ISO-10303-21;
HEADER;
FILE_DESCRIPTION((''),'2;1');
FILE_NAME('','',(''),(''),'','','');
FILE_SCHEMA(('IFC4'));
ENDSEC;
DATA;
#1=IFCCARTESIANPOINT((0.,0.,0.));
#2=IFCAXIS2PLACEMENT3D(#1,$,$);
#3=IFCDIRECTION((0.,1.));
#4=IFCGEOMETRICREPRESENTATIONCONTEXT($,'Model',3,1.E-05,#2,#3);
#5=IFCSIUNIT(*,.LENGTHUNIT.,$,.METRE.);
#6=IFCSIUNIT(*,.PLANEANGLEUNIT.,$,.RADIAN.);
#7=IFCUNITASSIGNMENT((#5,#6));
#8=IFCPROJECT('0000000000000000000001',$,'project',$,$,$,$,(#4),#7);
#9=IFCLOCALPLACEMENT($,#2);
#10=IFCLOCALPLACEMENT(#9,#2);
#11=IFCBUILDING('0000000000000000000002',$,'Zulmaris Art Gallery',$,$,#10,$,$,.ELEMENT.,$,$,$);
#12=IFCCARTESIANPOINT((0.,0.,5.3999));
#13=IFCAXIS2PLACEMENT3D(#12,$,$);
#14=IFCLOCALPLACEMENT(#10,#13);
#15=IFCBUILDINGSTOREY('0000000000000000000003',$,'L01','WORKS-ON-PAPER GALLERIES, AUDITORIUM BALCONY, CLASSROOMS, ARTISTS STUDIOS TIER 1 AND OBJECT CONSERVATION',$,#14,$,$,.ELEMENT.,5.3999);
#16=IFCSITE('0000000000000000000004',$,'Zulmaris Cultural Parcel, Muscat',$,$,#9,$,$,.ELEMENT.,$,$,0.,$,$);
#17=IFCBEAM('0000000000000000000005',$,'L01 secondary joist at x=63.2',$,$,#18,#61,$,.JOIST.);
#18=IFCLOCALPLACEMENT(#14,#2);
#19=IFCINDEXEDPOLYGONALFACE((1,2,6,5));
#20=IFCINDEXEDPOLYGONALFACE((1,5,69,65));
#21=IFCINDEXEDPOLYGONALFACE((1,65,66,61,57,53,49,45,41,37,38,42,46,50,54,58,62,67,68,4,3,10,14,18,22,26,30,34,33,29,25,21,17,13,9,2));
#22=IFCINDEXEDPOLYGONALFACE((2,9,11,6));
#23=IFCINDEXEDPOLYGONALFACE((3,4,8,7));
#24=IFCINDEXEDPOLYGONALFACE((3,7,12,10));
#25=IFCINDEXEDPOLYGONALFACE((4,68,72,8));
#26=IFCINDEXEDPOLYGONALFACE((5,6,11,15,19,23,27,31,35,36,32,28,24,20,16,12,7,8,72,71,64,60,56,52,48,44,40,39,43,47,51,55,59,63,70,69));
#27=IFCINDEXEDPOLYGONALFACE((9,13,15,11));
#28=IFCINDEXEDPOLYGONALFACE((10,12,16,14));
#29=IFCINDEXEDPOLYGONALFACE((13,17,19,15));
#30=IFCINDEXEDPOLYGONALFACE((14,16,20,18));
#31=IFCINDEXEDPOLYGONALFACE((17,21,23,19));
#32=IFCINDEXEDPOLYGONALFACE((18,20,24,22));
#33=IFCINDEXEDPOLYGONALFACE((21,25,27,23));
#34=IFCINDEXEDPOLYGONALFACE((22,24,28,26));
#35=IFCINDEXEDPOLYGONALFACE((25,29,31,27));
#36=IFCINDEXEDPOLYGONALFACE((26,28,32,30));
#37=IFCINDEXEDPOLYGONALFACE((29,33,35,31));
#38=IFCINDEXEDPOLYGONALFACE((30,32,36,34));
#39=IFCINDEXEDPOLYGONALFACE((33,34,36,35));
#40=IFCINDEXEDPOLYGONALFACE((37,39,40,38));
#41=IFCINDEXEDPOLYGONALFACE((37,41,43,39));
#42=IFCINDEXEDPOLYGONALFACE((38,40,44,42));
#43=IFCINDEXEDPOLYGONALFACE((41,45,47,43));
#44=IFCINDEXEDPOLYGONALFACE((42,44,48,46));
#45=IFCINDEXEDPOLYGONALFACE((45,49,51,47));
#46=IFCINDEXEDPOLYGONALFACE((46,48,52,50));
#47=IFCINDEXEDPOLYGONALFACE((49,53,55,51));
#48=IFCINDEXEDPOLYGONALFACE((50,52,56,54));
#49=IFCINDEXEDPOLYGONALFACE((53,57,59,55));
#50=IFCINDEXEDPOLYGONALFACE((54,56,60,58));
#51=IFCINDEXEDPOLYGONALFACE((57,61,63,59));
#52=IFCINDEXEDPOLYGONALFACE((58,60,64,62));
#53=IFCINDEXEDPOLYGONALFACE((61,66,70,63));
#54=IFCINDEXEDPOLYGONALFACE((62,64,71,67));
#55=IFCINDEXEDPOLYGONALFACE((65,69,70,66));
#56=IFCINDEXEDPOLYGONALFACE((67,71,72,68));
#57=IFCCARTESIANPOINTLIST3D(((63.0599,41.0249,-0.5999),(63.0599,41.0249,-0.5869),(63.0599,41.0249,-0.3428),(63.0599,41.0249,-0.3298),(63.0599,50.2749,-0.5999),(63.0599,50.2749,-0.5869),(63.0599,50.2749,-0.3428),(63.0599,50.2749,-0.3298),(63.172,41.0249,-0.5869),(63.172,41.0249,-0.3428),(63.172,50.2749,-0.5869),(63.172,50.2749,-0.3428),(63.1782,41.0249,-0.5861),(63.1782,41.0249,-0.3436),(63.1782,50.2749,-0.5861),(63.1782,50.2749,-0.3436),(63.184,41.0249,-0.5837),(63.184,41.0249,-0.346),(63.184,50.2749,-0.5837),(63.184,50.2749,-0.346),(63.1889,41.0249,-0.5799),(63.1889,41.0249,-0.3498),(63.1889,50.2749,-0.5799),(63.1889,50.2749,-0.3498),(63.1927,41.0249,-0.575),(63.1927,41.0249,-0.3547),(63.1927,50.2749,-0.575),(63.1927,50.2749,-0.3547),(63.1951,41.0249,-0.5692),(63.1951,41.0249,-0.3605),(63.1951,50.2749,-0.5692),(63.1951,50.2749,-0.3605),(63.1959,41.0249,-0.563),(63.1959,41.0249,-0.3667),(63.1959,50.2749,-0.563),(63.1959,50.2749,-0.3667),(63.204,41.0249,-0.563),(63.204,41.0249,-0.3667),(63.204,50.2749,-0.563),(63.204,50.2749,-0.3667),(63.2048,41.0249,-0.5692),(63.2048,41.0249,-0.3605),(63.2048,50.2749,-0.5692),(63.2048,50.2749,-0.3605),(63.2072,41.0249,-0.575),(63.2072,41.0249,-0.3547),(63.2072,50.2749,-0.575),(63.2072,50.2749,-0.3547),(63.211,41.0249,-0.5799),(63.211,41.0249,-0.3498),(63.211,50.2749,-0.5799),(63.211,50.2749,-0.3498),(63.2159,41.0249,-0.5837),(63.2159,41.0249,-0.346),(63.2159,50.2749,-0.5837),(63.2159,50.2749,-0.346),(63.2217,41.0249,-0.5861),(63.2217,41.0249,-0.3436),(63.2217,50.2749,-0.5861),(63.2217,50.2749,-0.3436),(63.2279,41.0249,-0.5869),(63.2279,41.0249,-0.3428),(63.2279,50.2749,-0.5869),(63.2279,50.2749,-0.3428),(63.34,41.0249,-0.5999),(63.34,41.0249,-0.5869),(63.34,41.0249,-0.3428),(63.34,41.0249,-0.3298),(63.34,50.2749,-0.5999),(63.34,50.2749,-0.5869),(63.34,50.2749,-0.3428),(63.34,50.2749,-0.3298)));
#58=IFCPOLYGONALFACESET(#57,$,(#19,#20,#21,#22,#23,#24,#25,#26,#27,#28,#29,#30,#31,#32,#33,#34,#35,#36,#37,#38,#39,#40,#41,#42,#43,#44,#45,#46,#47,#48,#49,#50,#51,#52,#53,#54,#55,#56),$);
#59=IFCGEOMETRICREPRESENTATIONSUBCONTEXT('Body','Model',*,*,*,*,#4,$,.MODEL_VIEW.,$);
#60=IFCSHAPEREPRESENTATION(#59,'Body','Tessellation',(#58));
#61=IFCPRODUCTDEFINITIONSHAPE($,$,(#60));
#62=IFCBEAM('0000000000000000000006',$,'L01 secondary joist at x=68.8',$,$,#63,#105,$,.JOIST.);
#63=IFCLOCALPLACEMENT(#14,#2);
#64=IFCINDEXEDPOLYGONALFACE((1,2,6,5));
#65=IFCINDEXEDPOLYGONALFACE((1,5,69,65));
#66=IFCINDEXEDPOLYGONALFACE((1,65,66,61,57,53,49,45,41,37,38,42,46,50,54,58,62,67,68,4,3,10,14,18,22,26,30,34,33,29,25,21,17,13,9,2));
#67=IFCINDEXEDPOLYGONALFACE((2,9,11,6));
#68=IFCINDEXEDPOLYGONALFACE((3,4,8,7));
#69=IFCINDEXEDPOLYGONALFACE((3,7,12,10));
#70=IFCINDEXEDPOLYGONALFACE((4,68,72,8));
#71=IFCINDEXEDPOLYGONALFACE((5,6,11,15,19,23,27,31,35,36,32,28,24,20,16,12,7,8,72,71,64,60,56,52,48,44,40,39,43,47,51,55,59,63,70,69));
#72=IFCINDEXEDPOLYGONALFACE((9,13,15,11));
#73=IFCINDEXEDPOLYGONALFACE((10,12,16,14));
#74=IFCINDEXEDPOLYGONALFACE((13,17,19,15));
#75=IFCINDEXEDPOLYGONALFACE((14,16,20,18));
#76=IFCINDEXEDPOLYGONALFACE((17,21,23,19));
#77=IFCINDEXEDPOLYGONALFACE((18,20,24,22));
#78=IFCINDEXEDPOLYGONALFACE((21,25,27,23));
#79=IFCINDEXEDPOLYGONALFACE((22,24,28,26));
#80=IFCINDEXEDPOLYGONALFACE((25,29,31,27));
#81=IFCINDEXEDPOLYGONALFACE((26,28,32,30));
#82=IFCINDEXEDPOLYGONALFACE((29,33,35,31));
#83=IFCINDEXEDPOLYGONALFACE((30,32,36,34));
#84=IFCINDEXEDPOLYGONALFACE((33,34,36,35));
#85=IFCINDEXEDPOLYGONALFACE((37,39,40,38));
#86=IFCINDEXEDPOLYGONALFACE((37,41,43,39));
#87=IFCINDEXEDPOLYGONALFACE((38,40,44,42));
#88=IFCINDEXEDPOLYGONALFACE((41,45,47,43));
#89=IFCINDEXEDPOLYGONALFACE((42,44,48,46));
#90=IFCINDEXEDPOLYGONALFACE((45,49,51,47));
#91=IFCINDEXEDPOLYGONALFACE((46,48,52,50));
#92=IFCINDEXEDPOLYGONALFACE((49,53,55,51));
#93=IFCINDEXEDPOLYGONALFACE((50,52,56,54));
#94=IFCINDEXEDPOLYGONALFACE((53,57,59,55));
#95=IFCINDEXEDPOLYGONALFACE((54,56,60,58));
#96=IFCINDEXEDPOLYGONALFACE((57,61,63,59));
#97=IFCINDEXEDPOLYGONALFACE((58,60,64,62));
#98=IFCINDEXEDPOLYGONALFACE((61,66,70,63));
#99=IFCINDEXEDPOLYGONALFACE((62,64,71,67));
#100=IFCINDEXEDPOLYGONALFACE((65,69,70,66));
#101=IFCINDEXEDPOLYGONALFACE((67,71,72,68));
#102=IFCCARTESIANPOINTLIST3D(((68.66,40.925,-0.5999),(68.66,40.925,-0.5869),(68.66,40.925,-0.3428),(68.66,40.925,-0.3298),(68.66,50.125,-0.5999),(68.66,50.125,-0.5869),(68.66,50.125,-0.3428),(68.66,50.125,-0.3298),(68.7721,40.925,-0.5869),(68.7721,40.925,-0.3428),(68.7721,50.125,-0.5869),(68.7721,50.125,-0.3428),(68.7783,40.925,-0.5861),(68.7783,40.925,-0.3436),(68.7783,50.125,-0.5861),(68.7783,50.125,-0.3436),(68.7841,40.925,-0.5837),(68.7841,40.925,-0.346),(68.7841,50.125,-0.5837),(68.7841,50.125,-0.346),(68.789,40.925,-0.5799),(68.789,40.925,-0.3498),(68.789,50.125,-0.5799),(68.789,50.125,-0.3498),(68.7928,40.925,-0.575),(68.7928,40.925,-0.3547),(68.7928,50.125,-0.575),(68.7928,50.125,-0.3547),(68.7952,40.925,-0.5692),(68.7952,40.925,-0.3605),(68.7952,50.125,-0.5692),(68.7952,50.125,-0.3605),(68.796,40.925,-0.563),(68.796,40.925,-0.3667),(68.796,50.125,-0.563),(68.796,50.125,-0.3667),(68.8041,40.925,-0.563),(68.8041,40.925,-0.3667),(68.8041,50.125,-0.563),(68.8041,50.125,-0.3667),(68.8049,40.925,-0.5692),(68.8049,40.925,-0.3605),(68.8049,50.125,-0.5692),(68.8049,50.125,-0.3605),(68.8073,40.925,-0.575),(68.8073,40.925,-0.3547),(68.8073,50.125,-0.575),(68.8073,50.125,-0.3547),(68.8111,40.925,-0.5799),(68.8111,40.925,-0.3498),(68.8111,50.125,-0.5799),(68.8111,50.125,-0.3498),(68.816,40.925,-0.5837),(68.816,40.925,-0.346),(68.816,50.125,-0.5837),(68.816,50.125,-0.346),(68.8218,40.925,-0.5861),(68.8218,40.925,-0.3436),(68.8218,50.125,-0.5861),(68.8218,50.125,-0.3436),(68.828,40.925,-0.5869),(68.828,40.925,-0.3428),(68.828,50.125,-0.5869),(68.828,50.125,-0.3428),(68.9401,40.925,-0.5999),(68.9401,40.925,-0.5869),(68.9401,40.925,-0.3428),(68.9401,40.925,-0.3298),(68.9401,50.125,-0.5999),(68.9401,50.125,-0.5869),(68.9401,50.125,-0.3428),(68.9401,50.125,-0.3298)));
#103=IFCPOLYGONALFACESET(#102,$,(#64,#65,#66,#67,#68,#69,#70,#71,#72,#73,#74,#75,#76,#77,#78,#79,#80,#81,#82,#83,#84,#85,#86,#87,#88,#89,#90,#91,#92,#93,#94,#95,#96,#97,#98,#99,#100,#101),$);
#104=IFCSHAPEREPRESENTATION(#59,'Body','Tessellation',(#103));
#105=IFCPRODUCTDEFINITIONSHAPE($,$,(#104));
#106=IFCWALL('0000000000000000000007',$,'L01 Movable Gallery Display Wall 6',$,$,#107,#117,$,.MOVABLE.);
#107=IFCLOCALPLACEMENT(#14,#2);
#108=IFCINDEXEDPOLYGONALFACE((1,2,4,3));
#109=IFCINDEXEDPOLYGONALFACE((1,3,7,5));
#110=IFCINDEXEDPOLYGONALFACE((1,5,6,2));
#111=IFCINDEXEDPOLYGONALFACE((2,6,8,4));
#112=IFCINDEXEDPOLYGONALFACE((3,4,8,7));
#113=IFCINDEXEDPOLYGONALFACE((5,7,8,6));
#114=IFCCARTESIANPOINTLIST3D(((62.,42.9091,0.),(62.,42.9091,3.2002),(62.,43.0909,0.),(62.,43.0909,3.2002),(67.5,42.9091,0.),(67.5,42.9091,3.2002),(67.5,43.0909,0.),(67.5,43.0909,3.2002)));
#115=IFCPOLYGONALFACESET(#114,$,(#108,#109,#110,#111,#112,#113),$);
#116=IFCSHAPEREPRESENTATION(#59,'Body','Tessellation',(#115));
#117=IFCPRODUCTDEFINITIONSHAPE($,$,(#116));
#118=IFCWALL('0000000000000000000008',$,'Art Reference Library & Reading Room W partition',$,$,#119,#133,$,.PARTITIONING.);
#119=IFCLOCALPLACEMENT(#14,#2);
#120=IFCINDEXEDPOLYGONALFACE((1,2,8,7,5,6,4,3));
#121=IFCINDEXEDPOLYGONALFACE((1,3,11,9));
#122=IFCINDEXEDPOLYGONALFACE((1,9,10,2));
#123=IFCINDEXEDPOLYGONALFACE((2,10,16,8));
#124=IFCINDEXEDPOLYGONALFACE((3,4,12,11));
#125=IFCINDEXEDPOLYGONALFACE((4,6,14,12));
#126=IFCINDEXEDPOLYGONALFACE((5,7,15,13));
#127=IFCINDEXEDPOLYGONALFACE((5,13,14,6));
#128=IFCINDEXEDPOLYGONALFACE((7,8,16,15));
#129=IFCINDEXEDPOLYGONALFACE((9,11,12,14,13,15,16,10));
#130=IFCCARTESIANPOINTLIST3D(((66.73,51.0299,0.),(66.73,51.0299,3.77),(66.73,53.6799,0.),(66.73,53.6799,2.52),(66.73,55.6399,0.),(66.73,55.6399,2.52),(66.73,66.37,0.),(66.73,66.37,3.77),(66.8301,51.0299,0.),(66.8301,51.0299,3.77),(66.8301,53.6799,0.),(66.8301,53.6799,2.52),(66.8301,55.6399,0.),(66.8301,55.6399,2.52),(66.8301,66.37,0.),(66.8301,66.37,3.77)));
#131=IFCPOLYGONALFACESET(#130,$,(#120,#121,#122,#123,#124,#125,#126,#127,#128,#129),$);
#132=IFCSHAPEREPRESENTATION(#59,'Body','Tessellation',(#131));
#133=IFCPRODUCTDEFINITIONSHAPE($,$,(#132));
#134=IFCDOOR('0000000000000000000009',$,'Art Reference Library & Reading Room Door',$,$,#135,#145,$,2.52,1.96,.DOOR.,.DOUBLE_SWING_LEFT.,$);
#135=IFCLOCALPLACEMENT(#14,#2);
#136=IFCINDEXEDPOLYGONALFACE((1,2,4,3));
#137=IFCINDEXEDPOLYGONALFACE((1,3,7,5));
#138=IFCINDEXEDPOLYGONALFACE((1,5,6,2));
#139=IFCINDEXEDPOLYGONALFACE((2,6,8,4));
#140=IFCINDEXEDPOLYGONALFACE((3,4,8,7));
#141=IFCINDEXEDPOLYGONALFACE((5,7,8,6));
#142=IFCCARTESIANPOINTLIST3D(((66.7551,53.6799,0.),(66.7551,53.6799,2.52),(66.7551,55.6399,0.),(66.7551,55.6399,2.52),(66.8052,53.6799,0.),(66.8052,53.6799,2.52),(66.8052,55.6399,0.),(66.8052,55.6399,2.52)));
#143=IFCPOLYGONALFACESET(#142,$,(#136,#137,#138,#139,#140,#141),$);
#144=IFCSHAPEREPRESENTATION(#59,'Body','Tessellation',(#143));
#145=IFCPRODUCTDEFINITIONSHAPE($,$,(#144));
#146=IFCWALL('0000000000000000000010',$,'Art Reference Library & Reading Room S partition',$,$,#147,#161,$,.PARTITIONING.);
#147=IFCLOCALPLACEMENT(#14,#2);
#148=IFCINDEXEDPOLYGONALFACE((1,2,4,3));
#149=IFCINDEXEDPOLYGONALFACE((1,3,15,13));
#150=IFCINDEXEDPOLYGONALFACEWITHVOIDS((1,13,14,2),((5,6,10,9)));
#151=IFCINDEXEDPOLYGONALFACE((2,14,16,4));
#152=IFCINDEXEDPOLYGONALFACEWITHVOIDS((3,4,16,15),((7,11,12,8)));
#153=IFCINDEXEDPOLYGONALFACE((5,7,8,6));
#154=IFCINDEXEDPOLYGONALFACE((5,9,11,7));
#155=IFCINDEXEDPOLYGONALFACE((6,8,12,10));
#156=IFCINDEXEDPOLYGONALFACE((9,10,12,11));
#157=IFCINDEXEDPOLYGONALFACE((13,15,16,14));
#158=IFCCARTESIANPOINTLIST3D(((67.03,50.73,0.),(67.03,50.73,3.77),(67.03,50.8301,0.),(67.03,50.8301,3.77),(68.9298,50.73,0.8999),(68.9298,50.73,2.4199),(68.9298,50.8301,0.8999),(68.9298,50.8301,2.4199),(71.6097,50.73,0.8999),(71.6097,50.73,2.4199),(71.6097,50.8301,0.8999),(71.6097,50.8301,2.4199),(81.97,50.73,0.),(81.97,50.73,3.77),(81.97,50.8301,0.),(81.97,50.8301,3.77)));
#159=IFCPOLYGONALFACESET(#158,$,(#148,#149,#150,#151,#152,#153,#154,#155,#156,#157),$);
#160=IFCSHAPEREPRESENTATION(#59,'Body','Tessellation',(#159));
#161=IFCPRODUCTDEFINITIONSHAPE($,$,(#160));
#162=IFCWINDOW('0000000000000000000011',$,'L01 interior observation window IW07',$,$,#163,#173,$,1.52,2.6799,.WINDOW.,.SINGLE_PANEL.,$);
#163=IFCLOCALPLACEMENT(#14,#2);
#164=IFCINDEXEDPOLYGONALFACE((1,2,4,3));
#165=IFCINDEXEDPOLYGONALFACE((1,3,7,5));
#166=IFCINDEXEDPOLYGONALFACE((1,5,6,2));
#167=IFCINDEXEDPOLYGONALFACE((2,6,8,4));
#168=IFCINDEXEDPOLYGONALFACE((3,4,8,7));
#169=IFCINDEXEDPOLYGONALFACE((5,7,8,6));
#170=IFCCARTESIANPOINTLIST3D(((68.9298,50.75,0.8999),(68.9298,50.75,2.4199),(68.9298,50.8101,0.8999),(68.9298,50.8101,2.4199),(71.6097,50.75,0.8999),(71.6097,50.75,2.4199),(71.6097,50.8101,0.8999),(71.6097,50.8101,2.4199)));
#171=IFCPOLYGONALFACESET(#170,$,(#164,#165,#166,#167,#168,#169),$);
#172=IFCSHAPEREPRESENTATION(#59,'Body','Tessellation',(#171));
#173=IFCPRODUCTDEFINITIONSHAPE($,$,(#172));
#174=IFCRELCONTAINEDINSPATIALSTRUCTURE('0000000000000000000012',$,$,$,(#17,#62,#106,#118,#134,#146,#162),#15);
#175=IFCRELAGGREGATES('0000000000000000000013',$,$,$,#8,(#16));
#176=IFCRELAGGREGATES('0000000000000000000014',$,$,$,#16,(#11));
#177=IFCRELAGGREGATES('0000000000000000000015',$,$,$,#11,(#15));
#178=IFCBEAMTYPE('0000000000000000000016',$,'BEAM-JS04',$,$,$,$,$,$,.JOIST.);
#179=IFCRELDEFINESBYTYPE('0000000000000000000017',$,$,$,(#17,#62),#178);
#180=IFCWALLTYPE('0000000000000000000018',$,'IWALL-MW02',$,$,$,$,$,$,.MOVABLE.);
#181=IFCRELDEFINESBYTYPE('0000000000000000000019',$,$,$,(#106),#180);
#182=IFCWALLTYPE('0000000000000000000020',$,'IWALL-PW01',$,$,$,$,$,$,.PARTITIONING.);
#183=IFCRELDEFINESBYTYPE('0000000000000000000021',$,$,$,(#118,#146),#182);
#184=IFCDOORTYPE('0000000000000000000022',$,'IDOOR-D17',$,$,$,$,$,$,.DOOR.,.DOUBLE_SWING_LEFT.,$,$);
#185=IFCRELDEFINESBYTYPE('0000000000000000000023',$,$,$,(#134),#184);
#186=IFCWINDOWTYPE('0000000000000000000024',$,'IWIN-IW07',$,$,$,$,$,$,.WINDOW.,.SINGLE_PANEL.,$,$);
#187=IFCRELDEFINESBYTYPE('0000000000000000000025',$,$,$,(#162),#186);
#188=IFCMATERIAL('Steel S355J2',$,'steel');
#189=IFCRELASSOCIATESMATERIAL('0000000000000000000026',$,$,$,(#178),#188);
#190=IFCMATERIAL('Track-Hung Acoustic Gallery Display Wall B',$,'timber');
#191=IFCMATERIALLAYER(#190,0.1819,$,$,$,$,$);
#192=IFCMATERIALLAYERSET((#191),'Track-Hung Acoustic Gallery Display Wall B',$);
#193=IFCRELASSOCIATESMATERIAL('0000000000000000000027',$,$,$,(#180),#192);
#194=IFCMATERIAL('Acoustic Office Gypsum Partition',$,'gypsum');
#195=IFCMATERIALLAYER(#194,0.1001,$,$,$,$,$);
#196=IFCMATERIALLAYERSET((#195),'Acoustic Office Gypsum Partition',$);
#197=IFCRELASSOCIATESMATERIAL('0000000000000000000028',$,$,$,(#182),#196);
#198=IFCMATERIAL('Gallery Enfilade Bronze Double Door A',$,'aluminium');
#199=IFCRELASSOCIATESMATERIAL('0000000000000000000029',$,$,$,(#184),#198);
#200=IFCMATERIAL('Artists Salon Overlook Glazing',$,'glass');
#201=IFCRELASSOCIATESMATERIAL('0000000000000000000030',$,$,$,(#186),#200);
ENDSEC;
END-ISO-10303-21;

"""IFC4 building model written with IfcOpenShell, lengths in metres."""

from ifc_helpers import new_model, si_unit, direction, frame, frame_2d, origin, origin_2d, place, context, subcontext, project, spatial, rectangle, i_section, extrude, material, layer, layer_set, material_profile, profile_set, type_object, element, fill, save


model = new_model("IFC4")

# Units and contexts
model_context = context("Model", 3, precision=1e-05, world=origin(), true_north=direction((0.0, 1.0)))
body_context = subcontext(model_context, "Body", "Model", "MODEL_VIEW")
ifc_project = project(units=[si_unit("LENGTHUNIT", "METRE"), si_unit("PLANEANGLEUNIT", "RADIAN")], contexts=[model_context])

# Site, building, storey
site_placement = place(None, origin())
site = spatial("IfcSite", under=ifc_project, at=site_placement, Name="Zulmaris Cultural Parcel, Muscat", CompositionType="ELEMENT", RefElevation=0.0)
building_placement = place(site_placement, origin())
building = spatial("IfcBuilding", under=site, at=building_placement, Name="Zulmaris Art Gallery", CompositionType="ELEMENT")
storey_placement = place(building_placement, frame((0.0, 0.0, 5.3999)))
storey = spatial("IfcBuildingStorey", under=building, at=storey_placement, Name="L01", Description="WORKS-ON-PAPER GALLERIES, AUDITORIUM BALCONY, CLASSROOMS, ARTISTS STUDIOS TIER 1 AND OBJECT CONSERVATION", CompositionType="ELEMENT", Elevation=5.3999)

# Beams
ifc_material_1 = material(Name="Steel S355J2", Category="steel")
ifc_material_profile_1 = material_profile(ifc_material_1, i_section(OverallWidth=0.28, OverallDepth=0.27, WebThickness=0.0081, FlangeThickness=0.0129, FilletRadius=0.0239, at=origin_2d()), Name="HEA 280")
ifc_profile_set_1 = profile_set([ifc_material_profile_1], Name="Steel S355J2")
beam_type_1 = type_object("IfcBeamType", Name="BEAM-JS04", PredefinedType="JOIST", material=ifc_profile_set_1)
beam_1_placement = place(storey_placement, frame((63.2, 41.0249, -0.4648), z_axis=(0.0, 1.0, 0.0), x_axis=(-1.0, 0.0, 0.0)))
element("IfcBeam", 1, at=beam_1_placement, inside=storey, type_object=beam_type_1, Name="L01 secondary joist at x=63.2", PredefinedType="JOIST", context=body_context, shape_type="SweptSolid", body=[
    extrude(i_section(OverallWidth=0.28, OverallDepth=0.27, WebThickness=0.0081, FlangeThickness=0.0129, FilletRadius=0.0239, at=origin_2d()), origin(), (0.0, 0.0, 1.0), 9.25),
])
beam_2_placement = place(storey_placement, frame((68.8, 40.925, -0.4648), z_axis=(0.0, 1.0, 0.0), x_axis=(-1.0, 0.0, 0.0)))
element("IfcBeam", 2, at=beam_2_placement, inside=storey, type_object=beam_type_1, Name="L01 secondary joist at x=68.8", PredefinedType="JOIST", context=body_context, shape_type="SweptSolid", body=[
    extrude(i_section(OverallWidth=0.28, OverallDepth=0.27, WebThickness=0.0081, FlangeThickness=0.0129, FilletRadius=0.0239, at=origin_2d()), origin(), (0.0, 0.0, 1.0), 9.2),
])

# Wall
ifc_material_2 = material(Name="Track-Hung Acoustic Gallery Display Wall B", Category="timber")
ifc_layer_1 = layer(ifc_material_2, 0.1819)
ifc_layer_set_1 = layer_set([ifc_layer_1], Name="Track-Hung Acoustic Gallery Display Wall B")
wall_type_1 = type_object("IfcWallType", Name="IWALL-MW02", PredefinedType="MOVABLE", material=ifc_layer_set_1)
wall_1_placement = place(storey_placement, frame((62.0, 43.0, 0.0), z_axis=(0.0, 0.0, 1.0), x_axis=(1.0, 0.0, 0.0)))
element("IfcWall", 3, at=wall_1_placement, inside=storey, type_object=wall_type_1, Name="L01 Movable Gallery Display Wall 6", PredefinedType="MOVABLE", context=body_context, shape_type="SweptSolid", body=[
    extrude(rectangle(XDim=5.5, YDim=0.1819, at=frame_2d((2.75, 0.0))), origin(), (0.0, 0.0, 1.0), 3.2002),
])

# Wall, opening, door
ifc_material_3 = material(Name="Acoustic Office Gypsum Partition", Category="gypsum")
ifc_layer_2 = layer(ifc_material_3, 0.1001)
ifc_layer_set_2 = layer_set([ifc_layer_2], Name="Acoustic Office Gypsum Partition")
wall_type_2 = type_object("IfcWallType", Name="IWALL-PW01", PredefinedType="PARTITIONING", material=ifc_layer_set_2)
wall_2_placement = place(storey_placement, frame((66.78, 51.03, 0.0), z_axis=(0.0, 0.0, 1.0), x_axis=(0.0, 1.0, 0.0)))
wall_2 = element("IfcWall", 4, at=wall_2_placement, inside=storey, type_object=wall_type_2, Name="Art Reference Library & Reading Room W partition", PredefinedType="PARTITIONING", context=body_context, shape_type="SweptSolid", body=[
    extrude(rectangle(XDim=15.3401, YDim=0.1001, at=frame_2d((7.6699, 0.0))), origin(), (0.0, 0.0, 1.0), 3.77),
])
opening_1_placement = place(wall_2_placement, frame((2.6499, 0.0, 0.0)))
opening_1 = element("IfcOpeningElement", 5, at=opening_1_placement, cuts=wall_2, PredefinedType="OPENING", context=body_context, shape_type="SweptSolid", body=[
    extrude(rectangle(XDim=1.96, YDim=2.52, at=frame_2d((0.98, 1.26))), frame((0.0, 0.0601, 0.0), z_axis=(0.0, -1.0, 0.0), x_axis=(1.0, 0.0, 0.0)), (0.0, 0.0, 1.0), 0.1201),
])
ifc_material_4 = material(Name="Gallery Enfilade Bronze Double Door A", Category="aluminium")
door_type = type_object("IfcDoorType", Name="IDOOR-D17", OperationType="DOUBLE_SWING_LEFT", PredefinedType="DOOR", material=ifc_material_4)
door_placement = place(opening_1_placement, origin())
door = element("IfcDoor", 6, at=door_placement, inside=storey, type_object=door_type, Name="Art Reference Library & Reading Room Door", OperationType="DOUBLE_SWING_LEFT", OverallHeight=2.52, OverallWidth=1.96, PredefinedType="DOOR", context=body_context, shape_type="SweptSolid", body=[
    extrude(rectangle(XDim=1.96, YDim=2.52, at=frame_2d((0.98, 1.26))), frame((0.0, 0.0249, 0.0), z_axis=(0.0, -1.0, 0.0), x_axis=(1.0, 0.0, 0.0)), (0.0, 0.0, 1.0), 0.05),
])
fill(opening_1, door)

# Wall, opening, window
wall_3_placement = place(storey_placement, frame((67.03, 50.78, 0.0), z_axis=(0.0, 0.0, 1.0), x_axis=(1.0, 0.0, 0.0)))
wall_3 = element("IfcWall", 7, at=wall_3_placement, inside=storey, type_object=wall_type_2, Name="Art Reference Library & Reading Room S partition", PredefinedType="PARTITIONING", context=body_context, shape_type="SweptSolid", body=[
    extrude(rectangle(XDim=14.9399, YDim=0.1001, at=frame_2d((7.47, 0.0))), origin(), (0.0, 0.0, 1.0), 3.77),
])
opening_2_placement = place(wall_3_placement, frame((1.8999, 0.0, 0.8999)))
opening_2 = element("IfcOpeningElement", 8, at=opening_2_placement, cuts=wall_3, PredefinedType="OPENING", context=body_context, shape_type="SweptSolid", body=[
    extrude(rectangle(XDim=2.6799, YDim=1.52, at=frame_2d((1.3398, 0.76))), frame((0.0, 0.0601, 0.0), z_axis=(0.0, -1.0, 0.0), x_axis=(1.0, 0.0, 0.0)), (0.0, 0.0, 1.0), 0.1201),
])
ifc_material_5 = material(Name="Artists Salon Overlook Glazing", Category="glass")
window_type_1 = type_object("IfcWindowType", Name="IWIN-IW07", PartitioningType="SINGLE_PANEL", PredefinedType="WINDOW", material=ifc_material_5)
window_1_placement = place(opening_2_placement, origin())
window_1 = element("IfcWindow", 9, at=window_1_placement, inside=storey, type_object=window_type_1, Name="L01 interior observation window IW07", OverallHeight=1.52, OverallWidth=2.6799, PartitioningType="SINGLE_PANEL", PredefinedType="WINDOW", context=body_context, shape_type="SweptSolid", body=[
    extrude(rectangle(XDim=2.6799, YDim=1.52, at=frame_2d((1.3398, 0.76))), frame((0.0, 0.03, 0.0), z_axis=(0.0, -1.0, 0.0), x_axis=(1.0, 0.0, 0.0)), (0.0, 0.0, 1.0), 0.0601),
])
fill(opening_2, window_1)

save(model, "model.ifc")
